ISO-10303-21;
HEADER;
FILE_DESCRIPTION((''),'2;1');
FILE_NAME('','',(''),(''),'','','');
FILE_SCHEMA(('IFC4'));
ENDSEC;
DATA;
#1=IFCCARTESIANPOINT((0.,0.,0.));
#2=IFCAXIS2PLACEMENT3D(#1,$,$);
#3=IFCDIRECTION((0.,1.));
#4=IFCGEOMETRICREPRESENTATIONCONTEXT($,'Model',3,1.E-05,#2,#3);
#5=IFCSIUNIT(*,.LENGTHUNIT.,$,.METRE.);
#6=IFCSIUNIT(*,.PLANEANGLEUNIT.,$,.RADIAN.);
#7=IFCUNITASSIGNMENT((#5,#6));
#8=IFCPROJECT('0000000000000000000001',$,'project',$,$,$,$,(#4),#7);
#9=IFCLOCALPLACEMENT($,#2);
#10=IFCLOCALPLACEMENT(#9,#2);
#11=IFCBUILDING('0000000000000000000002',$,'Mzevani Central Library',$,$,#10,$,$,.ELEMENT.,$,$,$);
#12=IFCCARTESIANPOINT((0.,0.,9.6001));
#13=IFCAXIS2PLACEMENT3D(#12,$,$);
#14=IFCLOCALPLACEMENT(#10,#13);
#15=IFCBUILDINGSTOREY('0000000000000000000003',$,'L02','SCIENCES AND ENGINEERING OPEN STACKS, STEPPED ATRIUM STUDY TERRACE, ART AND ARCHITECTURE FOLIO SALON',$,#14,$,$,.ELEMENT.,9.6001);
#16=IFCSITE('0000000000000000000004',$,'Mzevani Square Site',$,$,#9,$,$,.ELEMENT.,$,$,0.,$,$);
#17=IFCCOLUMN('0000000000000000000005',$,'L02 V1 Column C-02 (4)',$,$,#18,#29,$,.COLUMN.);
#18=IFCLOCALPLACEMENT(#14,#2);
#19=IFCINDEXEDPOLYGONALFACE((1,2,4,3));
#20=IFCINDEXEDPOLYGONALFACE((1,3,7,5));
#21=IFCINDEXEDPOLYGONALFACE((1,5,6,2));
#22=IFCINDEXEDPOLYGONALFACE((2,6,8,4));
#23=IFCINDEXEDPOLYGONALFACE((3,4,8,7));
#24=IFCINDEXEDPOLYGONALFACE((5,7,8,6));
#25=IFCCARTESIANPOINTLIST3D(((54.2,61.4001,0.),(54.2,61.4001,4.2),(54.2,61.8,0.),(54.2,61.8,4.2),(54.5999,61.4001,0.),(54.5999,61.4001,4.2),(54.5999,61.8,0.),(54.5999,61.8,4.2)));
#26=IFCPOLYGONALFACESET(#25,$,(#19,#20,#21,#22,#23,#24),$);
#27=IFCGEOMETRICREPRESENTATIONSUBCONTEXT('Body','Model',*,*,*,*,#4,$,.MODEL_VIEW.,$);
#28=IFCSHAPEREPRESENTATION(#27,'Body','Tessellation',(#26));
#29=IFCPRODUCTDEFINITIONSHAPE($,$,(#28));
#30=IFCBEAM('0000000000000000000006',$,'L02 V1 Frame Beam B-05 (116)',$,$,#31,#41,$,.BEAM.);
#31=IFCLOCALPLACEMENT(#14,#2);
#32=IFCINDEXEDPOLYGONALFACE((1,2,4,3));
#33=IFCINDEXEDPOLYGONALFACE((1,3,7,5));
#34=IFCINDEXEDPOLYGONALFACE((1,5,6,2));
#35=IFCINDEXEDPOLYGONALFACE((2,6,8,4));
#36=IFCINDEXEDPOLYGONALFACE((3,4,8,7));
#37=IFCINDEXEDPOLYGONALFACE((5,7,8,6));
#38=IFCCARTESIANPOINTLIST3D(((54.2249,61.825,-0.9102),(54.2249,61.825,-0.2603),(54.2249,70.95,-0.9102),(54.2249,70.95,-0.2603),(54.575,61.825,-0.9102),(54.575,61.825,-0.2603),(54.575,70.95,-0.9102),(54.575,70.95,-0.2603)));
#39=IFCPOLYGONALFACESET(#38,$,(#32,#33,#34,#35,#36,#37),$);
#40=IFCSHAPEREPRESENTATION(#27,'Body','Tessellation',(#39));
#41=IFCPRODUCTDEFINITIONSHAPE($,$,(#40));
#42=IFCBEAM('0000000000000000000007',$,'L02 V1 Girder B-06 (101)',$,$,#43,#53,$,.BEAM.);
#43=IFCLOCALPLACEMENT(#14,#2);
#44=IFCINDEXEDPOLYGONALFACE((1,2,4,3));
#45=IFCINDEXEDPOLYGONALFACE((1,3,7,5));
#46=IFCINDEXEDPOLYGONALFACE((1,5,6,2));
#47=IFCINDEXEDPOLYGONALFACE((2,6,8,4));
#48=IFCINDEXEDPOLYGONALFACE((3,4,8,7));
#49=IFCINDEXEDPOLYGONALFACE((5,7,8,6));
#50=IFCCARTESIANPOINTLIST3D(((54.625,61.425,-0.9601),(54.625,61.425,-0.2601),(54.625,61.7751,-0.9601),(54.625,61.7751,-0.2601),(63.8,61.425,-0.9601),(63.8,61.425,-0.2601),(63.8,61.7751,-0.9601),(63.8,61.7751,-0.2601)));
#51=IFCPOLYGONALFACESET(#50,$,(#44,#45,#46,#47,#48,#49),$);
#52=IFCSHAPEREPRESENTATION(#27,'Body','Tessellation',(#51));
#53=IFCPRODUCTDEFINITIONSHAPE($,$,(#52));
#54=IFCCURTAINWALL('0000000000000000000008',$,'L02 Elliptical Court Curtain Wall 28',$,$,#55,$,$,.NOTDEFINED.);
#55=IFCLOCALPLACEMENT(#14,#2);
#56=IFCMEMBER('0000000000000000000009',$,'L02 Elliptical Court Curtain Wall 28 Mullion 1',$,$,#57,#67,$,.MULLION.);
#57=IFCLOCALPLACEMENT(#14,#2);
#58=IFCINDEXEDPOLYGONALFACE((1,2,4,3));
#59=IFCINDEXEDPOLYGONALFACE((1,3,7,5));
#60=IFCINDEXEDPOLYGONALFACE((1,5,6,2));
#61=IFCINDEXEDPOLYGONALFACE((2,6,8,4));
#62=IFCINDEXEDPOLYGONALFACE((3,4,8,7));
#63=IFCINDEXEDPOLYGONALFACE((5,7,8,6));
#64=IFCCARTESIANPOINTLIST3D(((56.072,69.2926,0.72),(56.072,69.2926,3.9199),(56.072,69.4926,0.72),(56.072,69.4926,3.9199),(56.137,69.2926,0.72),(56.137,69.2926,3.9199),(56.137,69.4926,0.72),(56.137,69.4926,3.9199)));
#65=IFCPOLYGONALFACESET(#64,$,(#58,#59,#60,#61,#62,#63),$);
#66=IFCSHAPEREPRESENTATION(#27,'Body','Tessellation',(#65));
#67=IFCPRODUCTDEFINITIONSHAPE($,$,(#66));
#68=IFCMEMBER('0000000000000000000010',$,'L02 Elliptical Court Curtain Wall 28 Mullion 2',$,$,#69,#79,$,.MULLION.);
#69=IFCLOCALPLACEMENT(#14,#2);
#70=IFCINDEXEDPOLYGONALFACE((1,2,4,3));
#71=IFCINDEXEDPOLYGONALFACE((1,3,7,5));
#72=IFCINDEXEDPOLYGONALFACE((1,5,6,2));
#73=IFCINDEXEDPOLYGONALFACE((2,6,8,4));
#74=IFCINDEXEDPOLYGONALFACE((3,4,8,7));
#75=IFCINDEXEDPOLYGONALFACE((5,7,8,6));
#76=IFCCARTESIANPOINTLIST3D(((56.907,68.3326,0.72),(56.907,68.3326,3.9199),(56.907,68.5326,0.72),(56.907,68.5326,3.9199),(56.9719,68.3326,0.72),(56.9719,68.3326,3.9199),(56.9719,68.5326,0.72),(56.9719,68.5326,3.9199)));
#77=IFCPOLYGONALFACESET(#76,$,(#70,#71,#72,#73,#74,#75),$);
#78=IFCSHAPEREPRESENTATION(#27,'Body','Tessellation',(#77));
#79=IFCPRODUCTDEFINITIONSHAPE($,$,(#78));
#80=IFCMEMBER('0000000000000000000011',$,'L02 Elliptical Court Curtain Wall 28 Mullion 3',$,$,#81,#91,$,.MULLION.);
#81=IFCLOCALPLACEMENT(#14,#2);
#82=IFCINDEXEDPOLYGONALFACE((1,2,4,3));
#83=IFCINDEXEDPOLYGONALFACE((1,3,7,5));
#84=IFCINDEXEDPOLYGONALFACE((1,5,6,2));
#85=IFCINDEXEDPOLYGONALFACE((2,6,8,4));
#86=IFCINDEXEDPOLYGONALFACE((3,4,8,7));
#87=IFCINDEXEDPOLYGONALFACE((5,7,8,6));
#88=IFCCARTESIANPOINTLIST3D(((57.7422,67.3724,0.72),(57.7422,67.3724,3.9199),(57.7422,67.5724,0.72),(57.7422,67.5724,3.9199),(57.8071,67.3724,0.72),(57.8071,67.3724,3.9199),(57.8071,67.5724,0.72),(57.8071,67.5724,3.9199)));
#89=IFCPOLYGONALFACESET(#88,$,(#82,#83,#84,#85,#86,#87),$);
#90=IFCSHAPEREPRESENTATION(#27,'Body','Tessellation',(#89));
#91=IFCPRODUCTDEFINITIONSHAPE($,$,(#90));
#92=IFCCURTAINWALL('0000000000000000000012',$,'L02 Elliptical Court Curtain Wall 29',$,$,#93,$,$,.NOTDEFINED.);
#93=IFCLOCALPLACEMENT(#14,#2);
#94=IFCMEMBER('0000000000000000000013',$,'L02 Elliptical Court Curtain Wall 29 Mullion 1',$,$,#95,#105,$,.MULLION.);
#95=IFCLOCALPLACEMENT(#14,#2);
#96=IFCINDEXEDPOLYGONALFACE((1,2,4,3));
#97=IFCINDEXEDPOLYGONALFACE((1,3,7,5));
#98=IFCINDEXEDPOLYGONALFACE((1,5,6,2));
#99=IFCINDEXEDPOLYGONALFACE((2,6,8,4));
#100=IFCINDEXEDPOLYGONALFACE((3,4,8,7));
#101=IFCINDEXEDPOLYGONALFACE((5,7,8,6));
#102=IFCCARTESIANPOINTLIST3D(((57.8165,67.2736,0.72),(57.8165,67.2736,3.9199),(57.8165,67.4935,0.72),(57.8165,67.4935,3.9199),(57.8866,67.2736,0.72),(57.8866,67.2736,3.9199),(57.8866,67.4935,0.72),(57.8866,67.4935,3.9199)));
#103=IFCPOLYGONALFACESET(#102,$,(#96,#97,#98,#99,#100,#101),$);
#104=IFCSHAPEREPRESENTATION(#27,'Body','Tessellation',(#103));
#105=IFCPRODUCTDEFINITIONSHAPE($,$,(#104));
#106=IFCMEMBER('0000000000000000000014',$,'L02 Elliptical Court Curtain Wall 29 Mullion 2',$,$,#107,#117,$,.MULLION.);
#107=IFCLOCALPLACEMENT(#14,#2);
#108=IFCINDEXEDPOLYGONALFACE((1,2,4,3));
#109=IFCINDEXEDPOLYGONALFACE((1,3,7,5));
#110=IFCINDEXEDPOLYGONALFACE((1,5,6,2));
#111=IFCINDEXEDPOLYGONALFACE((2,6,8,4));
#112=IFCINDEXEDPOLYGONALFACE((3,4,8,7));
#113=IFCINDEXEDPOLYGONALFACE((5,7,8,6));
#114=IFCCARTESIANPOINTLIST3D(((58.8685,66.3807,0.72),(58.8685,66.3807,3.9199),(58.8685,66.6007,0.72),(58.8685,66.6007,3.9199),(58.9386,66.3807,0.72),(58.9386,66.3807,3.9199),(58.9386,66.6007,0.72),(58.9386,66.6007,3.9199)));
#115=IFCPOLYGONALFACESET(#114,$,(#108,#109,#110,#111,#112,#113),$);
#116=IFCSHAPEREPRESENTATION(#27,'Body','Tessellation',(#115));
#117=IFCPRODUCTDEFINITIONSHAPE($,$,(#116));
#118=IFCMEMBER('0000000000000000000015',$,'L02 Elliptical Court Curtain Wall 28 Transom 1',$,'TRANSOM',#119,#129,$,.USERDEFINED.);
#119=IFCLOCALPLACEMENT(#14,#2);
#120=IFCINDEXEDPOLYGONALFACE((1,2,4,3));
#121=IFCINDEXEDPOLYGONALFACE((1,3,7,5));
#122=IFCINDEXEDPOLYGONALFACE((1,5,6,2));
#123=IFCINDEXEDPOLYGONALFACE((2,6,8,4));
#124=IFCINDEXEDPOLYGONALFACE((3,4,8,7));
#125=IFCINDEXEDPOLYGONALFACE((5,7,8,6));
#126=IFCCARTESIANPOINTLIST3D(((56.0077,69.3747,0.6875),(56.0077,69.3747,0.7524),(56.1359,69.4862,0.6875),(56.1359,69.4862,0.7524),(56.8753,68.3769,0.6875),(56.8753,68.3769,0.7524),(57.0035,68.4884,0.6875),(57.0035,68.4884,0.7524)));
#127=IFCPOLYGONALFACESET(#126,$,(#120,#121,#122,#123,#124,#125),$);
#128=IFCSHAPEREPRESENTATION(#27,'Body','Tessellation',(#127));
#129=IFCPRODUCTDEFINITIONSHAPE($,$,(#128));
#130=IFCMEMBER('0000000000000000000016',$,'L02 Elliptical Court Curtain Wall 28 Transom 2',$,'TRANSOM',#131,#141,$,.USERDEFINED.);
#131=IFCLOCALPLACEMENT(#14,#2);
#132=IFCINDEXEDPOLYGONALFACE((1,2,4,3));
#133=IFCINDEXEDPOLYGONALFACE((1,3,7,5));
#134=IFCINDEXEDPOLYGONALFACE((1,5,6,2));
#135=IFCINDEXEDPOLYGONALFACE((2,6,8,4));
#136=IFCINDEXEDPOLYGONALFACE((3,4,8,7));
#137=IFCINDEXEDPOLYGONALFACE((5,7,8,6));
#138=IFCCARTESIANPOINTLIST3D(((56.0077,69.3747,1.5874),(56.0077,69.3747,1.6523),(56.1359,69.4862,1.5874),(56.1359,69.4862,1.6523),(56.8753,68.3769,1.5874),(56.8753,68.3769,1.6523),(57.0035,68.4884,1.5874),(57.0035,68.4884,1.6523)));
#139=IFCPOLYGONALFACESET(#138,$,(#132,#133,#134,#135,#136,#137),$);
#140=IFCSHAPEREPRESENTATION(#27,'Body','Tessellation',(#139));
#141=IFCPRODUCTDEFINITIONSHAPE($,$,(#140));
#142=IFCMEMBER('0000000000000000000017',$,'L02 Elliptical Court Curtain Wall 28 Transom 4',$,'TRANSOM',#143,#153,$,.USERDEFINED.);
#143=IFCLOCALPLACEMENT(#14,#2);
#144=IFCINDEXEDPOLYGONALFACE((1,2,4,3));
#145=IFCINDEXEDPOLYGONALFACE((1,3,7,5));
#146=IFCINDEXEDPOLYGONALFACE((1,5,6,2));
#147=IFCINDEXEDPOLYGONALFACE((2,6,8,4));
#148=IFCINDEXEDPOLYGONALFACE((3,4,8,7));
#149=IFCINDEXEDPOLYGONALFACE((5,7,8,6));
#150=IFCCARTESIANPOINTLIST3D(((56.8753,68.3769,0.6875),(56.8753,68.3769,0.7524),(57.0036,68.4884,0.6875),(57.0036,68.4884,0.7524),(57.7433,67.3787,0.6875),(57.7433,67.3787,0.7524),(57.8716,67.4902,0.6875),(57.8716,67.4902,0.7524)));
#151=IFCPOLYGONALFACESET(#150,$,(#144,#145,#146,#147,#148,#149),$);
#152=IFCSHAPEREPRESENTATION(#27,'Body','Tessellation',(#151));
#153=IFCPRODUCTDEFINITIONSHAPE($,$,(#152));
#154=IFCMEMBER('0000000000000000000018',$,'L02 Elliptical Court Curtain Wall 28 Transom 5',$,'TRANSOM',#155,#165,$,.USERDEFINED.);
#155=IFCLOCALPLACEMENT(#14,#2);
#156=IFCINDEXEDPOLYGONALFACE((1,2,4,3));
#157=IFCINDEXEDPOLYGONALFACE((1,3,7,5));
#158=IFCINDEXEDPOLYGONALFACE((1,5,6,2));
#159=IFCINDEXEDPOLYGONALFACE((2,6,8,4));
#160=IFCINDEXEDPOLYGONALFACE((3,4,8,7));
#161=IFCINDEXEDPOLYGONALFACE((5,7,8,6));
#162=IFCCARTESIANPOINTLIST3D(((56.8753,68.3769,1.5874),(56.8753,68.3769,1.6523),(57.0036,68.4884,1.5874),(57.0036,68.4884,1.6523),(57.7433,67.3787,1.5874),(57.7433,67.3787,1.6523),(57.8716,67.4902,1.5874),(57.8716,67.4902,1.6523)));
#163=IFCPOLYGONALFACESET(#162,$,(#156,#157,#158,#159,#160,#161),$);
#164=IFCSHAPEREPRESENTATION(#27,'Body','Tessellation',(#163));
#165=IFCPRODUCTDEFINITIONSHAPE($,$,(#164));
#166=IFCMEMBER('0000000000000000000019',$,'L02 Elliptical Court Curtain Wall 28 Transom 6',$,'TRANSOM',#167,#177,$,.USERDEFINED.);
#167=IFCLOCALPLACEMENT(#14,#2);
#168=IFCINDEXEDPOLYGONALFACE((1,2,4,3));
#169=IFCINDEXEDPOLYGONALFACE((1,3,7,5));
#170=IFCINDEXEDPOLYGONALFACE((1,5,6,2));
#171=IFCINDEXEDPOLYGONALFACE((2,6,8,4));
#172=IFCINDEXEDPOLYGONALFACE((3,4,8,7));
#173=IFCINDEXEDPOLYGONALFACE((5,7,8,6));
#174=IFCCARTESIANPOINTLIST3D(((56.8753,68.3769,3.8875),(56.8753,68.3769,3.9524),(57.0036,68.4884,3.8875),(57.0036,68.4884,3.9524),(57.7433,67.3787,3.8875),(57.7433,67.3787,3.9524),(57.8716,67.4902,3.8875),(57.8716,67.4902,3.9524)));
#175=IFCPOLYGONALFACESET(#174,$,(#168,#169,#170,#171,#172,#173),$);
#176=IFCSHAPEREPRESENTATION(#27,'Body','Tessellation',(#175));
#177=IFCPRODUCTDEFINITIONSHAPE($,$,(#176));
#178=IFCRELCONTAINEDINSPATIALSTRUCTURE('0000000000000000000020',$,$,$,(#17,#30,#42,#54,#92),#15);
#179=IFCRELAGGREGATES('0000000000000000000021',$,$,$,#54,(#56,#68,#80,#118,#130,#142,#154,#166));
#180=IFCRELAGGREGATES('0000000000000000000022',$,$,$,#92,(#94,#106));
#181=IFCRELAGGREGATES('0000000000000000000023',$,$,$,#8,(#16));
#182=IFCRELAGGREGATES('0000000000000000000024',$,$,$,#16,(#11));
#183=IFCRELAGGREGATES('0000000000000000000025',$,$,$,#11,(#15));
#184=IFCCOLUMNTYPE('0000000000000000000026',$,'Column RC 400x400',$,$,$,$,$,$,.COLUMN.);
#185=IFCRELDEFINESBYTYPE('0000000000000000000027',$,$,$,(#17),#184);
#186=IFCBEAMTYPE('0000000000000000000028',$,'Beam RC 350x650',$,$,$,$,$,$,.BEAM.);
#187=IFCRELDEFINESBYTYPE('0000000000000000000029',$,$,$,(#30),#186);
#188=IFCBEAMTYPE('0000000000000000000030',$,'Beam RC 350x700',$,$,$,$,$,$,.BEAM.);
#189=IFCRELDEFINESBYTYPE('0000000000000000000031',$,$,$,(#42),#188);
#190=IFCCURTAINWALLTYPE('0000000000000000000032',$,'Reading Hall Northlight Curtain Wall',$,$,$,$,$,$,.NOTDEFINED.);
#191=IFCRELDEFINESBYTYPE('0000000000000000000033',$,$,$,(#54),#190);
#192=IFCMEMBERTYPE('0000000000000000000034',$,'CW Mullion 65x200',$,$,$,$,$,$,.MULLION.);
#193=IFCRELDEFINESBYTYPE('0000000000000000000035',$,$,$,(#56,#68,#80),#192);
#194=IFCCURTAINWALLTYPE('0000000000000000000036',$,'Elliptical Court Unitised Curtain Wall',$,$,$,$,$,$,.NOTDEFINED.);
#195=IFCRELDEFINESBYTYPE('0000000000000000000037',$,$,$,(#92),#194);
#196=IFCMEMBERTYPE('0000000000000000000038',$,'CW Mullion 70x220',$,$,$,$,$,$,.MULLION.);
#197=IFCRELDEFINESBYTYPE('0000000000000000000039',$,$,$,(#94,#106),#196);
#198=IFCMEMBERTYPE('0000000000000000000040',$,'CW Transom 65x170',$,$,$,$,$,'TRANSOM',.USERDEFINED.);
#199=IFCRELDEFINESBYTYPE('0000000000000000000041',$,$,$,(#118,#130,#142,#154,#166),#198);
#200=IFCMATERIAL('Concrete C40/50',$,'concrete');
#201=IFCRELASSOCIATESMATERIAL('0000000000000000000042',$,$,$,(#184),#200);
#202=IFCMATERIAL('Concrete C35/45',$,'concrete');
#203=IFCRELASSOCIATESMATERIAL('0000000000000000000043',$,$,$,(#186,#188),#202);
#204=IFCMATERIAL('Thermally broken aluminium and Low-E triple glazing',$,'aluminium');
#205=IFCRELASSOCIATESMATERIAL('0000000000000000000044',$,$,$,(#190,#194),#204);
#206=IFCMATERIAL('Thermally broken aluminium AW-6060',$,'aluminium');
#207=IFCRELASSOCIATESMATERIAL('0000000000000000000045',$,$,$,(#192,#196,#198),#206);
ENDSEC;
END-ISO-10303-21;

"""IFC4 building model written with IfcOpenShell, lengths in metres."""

from ifc_helpers import new_model, si_unit, direction, frame, origin, origin_2d, place, context, subcontext, project, spatial, rectangle, extrude, material, material_profile, profile_set, type_object, element, aggregate, save


model = new_model("IFC4")

# Units and contexts
model_context = context("Model", 3, precision=1e-05, world=origin(), true_north=direction((0.0, 1.0)))
body_context = subcontext(model_context, "Body", "Model", "MODEL_VIEW")
ifc_project = project(units=[si_unit("LENGTHUNIT", "METRE"), si_unit("PLANEANGLEUNIT", "RADIAN")], contexts=[model_context])

# Site, building, storey
site_placement = place(None, origin())
site = spatial("IfcSite", under=ifc_project, at=site_placement, Name="Mzevani Square Site", CompositionType="ELEMENT", RefElevation=0.0)
building_placement = place(site_placement, origin())
building = spatial("IfcBuilding", under=site, at=building_placement, Name="Mzevani Central Library", CompositionType="ELEMENT")
storey_placement = place(building_placement, frame((0.0, 0.0, 9.6001)))
storey = spatial("IfcBuildingStorey", under=building, at=storey_placement, Name="L02", Description="SCIENCES AND ENGINEERING OPEN STACKS, STEPPED ATRIUM STUDY TERRACE, ART AND ARCHITECTURE FOLIO SALON", CompositionType="ELEMENT", Elevation=9.6001)

# Column
ifc_material_1 = material(Name="Concrete C40/50", Category="concrete")
ifc_material_profile_1 = material_profile(ifc_material_1, rectangle(XDim=0.3999, YDim=0.3999, at=origin_2d()), Name="RC 400x400")
ifc_profile_set_1 = profile_set([ifc_material_profile_1], Name="Concrete C40/50")
column_type = type_object("IfcColumnType", Name="Column RC 400x400", PredefinedType="COLUMN", material=ifc_profile_set_1)
column_placement = place(storey_placement, frame((54.3999, 61.6001, 0.0), z_axis=(0.0, 0.0, 1.0), x_axis=(1.0, 0.0, 0.0)))
element("IfcColumn", 1, at=column_placement, inside=storey, type_object=column_type, Name="L02 V1 Column C-02 (4)", PredefinedType="COLUMN", context=body_context, shape_type="SweptSolid", body=[
    extrude(rectangle(XDim=0.3999, YDim=0.3999, at=origin_2d()), origin(), (0.0, 0.0, 1.0), 4.2),
])

# Beams
ifc_material_2 = material(Name="Concrete C35/45", Category="concrete")
ifc_material_profile_2 = material_profile(ifc_material_2, rectangle(XDim=0.3501, YDim=0.6499, at=origin_2d()), Name="RC B350x650")
ifc_profile_set_2 = profile_set([ifc_material_profile_2], Name="Concrete C35/45")
beam_type_1 = type_object("IfcBeamType", Name="Beam RC 350x650", PredefinedType="BEAM", material=ifc_profile_set_2)
beam_1_placement = place(storey_placement, frame((54.3999, 61.825, -0.5852), z_axis=(0.0, 1.0, 0.0), x_axis=(-1.0, 0.0, 0.0)))
element("IfcBeam", 2, at=beam_1_placement, inside=storey, type_object=beam_type_1, Name="L02 V1 Frame Beam B-05 (116)", PredefinedType="BEAM", context=body_context, shape_type="SweptSolid", body=[
    extrude(rectangle(XDim=0.3501, YDim=0.6499, at=origin_2d()), origin(), (0.0, 0.0, 1.0), 9.125),
])
ifc_material_profile_3 = material_profile(ifc_material_2, rectangle(XDim=0.3501, YDim=0.7, at=origin_2d()), Name="RC B350x700")
ifc_profile_set_3 = profile_set([ifc_material_profile_3], Name="Concrete C35/45")
beam_type_2 = type_object("IfcBeamType", Name="Beam RC 350x700", PredefinedType="BEAM", material=ifc_profile_set_3)
beam_2_placement = place(storey_placement, frame((54.625, 61.6001, -0.6101), z_axis=(1.0, 0.0, 0.0), x_axis=(0.0, 1.0, 0.0)))
element("IfcBeam", 3, at=beam_2_placement, inside=storey, type_object=beam_type_2, Name="L02 V1 Girder B-06 (101)", PredefinedType="BEAM", context=body_context, shape_type="SweptSolid", body=[
    extrude(rectangle(XDim=0.3501, YDim=0.7, at=origin_2d()), origin(), (0.0, 0.0, 1.0), 9.175),
])

# Curtain walls, members
ifc_material_3 = material(Name="Thermally broken aluminium and Low-E triple glazing", Category="aluminium")
curtain_wall_type_1 = type_object("IfcCurtainWallType", Name="Reading Hall Northlight Curtain Wall", PredefinedType="NOTDEFINED", material=ifc_material_3)
curtain_wall_1_placement = place(storey_placement, origin())
curtain_wall_1 = element("IfcCurtainWall", 4, at=curtain_wall_1_placement, inside=storey, type_object=curtain_wall_type_1, Name="L02 Elliptical Court Curtain Wall 28", PredefinedType="NOTDEFINED")
ifc_material_4 = material(Name="Thermally broken aluminium AW-6060", Category="aluminium")
ifc_material_profile_4 = material_profile(ifc_material_4, rectangle(XDim=0.0649, YDim=0.2, at=origin_2d()), Name="ALU M65x200")
ifc_profile_set_4 = profile_set([ifc_material_profile_4], Name="Thermally broken aluminium AW-6060")
member_type_1 = type_object("IfcMemberType", Name="CW Mullion 65x200", PredefinedType="MULLION", material=ifc_profile_set_4)
member_1_placement = place(storey_placement, frame((56.1045, 69.3926, 0.72), z_axis=(0.0, 0.0, 1.0), x_axis=(1.0, 0.0, 0.0)))
member_1 = element("IfcMember", 5, at=member_1_placement, type_object=member_type_1, Name="L02 Elliptical Court Curtain Wall 28 Mullion 1", PredefinedType="MULLION", context=body_context, shape_type="SweptSolid", body=[
    extrude(rectangle(XDim=0.0649, YDim=0.2, at=origin_2d()), origin(), (0.0, 0.0, 1.0), 3.2),
])
member_2_placement = place(storey_placement, frame((56.9395, 68.4326, 0.72), z_axis=(0.0, 0.0, 1.0), x_axis=(1.0, 0.0, 0.0)))
member_2 = element("IfcMember", 6, at=member_2_placement, type_object=member_type_1, Name="L02 Elliptical Court Curtain Wall 28 Mullion 2", PredefinedType="MULLION", context=body_context, shape_type="SweptSolid", body=[
    extrude(rectangle(XDim=0.0649, YDim=0.2, at=origin_2d()), origin(), (0.0, 0.0, 1.0), 3.2),
])
member_3_placement = place(storey_placement, frame((57.7747, 67.4724, 0.72), z_axis=(0.0, 0.0, 1.0), x_axis=(1.0, 0.0, 0.0)))
member_3 = element("IfcMember", 7, at=member_3_placement, type_object=member_type_1, Name="L02 Elliptical Court Curtain Wall 28 Mullion 3", PredefinedType="MULLION", context=body_context, shape_type="SweptSolid", body=[
    extrude(rectangle(XDim=0.0649, YDim=0.2, at=origin_2d()), origin(), (0.0, 0.0, 1.0), 3.2),
])
curtain_wall_type_2 = type_object("IfcCurtainWallType", Name="Elliptical Court Unitised Curtain Wall", PredefinedType="NOTDEFINED", material=ifc_material_3)
curtain_wall_2_placement = place(storey_placement, origin())
curtain_wall_2 = element("IfcCurtainWall", 8, at=curtain_wall_2_placement, inside=storey, type_object=curtain_wall_type_2, Name="L02 Elliptical Court Curtain Wall 29", PredefinedType="NOTDEFINED")
ifc_material_profile_5 = material_profile(ifc_material_4, rectangle(XDim=0.0701, YDim=0.22, at=origin_2d()), Name="ALU M70x220")
ifc_profile_set_5 = profile_set([ifc_material_profile_5], Name="Thermally broken aluminium AW-6060")
member_type_2 = type_object("IfcMemberType", Name="CW Mullion 70x220", PredefinedType="MULLION", material=ifc_profile_set_5)
member_4_placement = place(storey_placement, frame((57.8516, 67.3835, 0.72), z_axis=(0.0, 0.0, 1.0), x_axis=(1.0, 0.0, 0.0)))
member_4 = element("IfcMember", 9, at=member_4_placement, type_object=member_type_2, Name="L02 Elliptical Court Curtain Wall 29 Mullion 1", PredefinedType="MULLION", context=body_context, shape_type="SweptSolid", body=[
    extrude(rectangle(XDim=0.0701, YDim=0.22, at=origin_2d()), origin(), (0.0, 0.0, 1.0), 3.2),
])
member_5_placement = place(storey_placement, frame((58.9036, 66.4907, 0.72), z_axis=(0.0, 0.0, 1.0), x_axis=(1.0, 0.0, 0.0)))
member_5 = element("IfcMember", 10, at=member_5_placement, type_object=member_type_2, Name="L02 Elliptical Court Curtain Wall 29 Mullion 2", PredefinedType="MULLION", context=body_context, shape_type="SweptSolid", body=[
    extrude(rectangle(XDim=0.0701, YDim=0.22, at=origin_2d()), origin(), (0.0, 0.0, 1.0), 3.2),
])

# Members
ifc_material_profile_6 = material_profile(ifc_material_4, rectangle(XDim=0.1699, YDim=0.0649, at=origin_2d()), Name="ALU T65x170")
ifc_profile_set_6 = profile_set([ifc_material_profile_6], Name="Thermally broken aluminium AW-6060")
member_type_3 = type_object("IfcMemberType", Name="CW Transom 65x170", ElementType="TRANSOM", PredefinedType="USERDEFINED", material=ifc_profile_set_6)
member_6_placement = place(storey_placement, frame((56.0718, 69.4304, 0.72), z_axis=(0.656188, -0.754598, 0.0), x_axis=(0.754598, 0.656188, 0.0)))
member_6 = element("IfcMember", 11, at=member_6_placement, type_object=member_type_3, Name="L02 Elliptical Court Curtain Wall 28 Transom 1", ObjectType="TRANSOM", PredefinedType="USERDEFINED", context=body_context, shape_type="SweptSolid", body=[
    extrude(rectangle(XDim=0.1699, YDim=0.0649, at=origin_2d()), origin(), (0.0, 0.0, 1.0), 1.3223),
])
member_7_placement = place(storey_placement, frame((56.0718, 69.4304, 1.6199), z_axis=(0.656188, -0.754598, 0.0), x_axis=(0.754598, 0.656188, 0.0)))
member_7 = element("IfcMember", 12, at=member_7_placement, type_object=member_type_3, Name="L02 Elliptical Court Curtain Wall 28 Transom 2", ObjectType="TRANSOM", PredefinedType="USERDEFINED", context=body_context, shape_type="SweptSolid", body=[
    extrude(rectangle(XDim=0.1699, YDim=0.0649, at=origin_2d()), origin(), (0.0, 0.0, 1.0), 1.3223),
])
member_8_placement = place(storey_placement, frame((56.9395, 68.4326, 0.72), z_axis=(0.656202, -0.754586, 0.0), x_axis=(0.754586, 0.656202, 0.0)))
member_8 = element("IfcMember", 13, at=member_8_placement, type_object=member_type_3, Name="L02 Elliptical Court Curtain Wall 28 Transom 4", ObjectType="TRANSOM", PredefinedType="USERDEFINED", context=body_context, shape_type="SweptSolid", body=[
    extrude(rectangle(XDim=0.1699, YDim=0.0649, at=origin_2d()), origin(), (0.0, 0.0, 1.0), 1.3228),
])
member_9_placement = place(storey_placement, frame((56.9395, 68.4326, 1.6199), z_axis=(0.656202, -0.754586, 0.0), x_axis=(0.754586, 0.656202, 0.0)))
member_9 = element("IfcMember", 14, at=member_9_placement, type_object=member_type_3, Name="L02 Elliptical Court Curtain Wall 28 Transom 5", ObjectType="TRANSOM", PredefinedType="USERDEFINED", context=body_context, shape_type="SweptSolid", body=[
    extrude(rectangle(XDim=0.1699, YDim=0.0649, at=origin_2d()), origin(), (0.0, 0.0, 1.0), 1.3228),
])
member_10_placement = place(storey_placement, frame((56.9395, 68.4326, 3.9199), z_axis=(0.656202, -0.754586, 0.0), x_axis=(0.754586, 0.656202, 0.0)))
member_10 = element("IfcMember", 15, at=member_10_placement, type_object=member_type_3, Name="L02 Elliptical Court Curtain Wall 28 Transom 6", ObjectType="TRANSOM", PredefinedType="USERDEFINED", context=body_context, shape_type="SweptSolid", body=[
    extrude(rectangle(XDim=0.1699, YDim=0.0649, at=origin_2d()), origin(), (0.0, 0.0, 1.0), 1.3228),
])

aggregate(curtain_wall_1, [member_1, member_2, member_3, member_6, member_7, member_8, member_9, member_10])
aggregate(curtain_wall_2, [member_4, member_5])

save(model, "model.ifc")
